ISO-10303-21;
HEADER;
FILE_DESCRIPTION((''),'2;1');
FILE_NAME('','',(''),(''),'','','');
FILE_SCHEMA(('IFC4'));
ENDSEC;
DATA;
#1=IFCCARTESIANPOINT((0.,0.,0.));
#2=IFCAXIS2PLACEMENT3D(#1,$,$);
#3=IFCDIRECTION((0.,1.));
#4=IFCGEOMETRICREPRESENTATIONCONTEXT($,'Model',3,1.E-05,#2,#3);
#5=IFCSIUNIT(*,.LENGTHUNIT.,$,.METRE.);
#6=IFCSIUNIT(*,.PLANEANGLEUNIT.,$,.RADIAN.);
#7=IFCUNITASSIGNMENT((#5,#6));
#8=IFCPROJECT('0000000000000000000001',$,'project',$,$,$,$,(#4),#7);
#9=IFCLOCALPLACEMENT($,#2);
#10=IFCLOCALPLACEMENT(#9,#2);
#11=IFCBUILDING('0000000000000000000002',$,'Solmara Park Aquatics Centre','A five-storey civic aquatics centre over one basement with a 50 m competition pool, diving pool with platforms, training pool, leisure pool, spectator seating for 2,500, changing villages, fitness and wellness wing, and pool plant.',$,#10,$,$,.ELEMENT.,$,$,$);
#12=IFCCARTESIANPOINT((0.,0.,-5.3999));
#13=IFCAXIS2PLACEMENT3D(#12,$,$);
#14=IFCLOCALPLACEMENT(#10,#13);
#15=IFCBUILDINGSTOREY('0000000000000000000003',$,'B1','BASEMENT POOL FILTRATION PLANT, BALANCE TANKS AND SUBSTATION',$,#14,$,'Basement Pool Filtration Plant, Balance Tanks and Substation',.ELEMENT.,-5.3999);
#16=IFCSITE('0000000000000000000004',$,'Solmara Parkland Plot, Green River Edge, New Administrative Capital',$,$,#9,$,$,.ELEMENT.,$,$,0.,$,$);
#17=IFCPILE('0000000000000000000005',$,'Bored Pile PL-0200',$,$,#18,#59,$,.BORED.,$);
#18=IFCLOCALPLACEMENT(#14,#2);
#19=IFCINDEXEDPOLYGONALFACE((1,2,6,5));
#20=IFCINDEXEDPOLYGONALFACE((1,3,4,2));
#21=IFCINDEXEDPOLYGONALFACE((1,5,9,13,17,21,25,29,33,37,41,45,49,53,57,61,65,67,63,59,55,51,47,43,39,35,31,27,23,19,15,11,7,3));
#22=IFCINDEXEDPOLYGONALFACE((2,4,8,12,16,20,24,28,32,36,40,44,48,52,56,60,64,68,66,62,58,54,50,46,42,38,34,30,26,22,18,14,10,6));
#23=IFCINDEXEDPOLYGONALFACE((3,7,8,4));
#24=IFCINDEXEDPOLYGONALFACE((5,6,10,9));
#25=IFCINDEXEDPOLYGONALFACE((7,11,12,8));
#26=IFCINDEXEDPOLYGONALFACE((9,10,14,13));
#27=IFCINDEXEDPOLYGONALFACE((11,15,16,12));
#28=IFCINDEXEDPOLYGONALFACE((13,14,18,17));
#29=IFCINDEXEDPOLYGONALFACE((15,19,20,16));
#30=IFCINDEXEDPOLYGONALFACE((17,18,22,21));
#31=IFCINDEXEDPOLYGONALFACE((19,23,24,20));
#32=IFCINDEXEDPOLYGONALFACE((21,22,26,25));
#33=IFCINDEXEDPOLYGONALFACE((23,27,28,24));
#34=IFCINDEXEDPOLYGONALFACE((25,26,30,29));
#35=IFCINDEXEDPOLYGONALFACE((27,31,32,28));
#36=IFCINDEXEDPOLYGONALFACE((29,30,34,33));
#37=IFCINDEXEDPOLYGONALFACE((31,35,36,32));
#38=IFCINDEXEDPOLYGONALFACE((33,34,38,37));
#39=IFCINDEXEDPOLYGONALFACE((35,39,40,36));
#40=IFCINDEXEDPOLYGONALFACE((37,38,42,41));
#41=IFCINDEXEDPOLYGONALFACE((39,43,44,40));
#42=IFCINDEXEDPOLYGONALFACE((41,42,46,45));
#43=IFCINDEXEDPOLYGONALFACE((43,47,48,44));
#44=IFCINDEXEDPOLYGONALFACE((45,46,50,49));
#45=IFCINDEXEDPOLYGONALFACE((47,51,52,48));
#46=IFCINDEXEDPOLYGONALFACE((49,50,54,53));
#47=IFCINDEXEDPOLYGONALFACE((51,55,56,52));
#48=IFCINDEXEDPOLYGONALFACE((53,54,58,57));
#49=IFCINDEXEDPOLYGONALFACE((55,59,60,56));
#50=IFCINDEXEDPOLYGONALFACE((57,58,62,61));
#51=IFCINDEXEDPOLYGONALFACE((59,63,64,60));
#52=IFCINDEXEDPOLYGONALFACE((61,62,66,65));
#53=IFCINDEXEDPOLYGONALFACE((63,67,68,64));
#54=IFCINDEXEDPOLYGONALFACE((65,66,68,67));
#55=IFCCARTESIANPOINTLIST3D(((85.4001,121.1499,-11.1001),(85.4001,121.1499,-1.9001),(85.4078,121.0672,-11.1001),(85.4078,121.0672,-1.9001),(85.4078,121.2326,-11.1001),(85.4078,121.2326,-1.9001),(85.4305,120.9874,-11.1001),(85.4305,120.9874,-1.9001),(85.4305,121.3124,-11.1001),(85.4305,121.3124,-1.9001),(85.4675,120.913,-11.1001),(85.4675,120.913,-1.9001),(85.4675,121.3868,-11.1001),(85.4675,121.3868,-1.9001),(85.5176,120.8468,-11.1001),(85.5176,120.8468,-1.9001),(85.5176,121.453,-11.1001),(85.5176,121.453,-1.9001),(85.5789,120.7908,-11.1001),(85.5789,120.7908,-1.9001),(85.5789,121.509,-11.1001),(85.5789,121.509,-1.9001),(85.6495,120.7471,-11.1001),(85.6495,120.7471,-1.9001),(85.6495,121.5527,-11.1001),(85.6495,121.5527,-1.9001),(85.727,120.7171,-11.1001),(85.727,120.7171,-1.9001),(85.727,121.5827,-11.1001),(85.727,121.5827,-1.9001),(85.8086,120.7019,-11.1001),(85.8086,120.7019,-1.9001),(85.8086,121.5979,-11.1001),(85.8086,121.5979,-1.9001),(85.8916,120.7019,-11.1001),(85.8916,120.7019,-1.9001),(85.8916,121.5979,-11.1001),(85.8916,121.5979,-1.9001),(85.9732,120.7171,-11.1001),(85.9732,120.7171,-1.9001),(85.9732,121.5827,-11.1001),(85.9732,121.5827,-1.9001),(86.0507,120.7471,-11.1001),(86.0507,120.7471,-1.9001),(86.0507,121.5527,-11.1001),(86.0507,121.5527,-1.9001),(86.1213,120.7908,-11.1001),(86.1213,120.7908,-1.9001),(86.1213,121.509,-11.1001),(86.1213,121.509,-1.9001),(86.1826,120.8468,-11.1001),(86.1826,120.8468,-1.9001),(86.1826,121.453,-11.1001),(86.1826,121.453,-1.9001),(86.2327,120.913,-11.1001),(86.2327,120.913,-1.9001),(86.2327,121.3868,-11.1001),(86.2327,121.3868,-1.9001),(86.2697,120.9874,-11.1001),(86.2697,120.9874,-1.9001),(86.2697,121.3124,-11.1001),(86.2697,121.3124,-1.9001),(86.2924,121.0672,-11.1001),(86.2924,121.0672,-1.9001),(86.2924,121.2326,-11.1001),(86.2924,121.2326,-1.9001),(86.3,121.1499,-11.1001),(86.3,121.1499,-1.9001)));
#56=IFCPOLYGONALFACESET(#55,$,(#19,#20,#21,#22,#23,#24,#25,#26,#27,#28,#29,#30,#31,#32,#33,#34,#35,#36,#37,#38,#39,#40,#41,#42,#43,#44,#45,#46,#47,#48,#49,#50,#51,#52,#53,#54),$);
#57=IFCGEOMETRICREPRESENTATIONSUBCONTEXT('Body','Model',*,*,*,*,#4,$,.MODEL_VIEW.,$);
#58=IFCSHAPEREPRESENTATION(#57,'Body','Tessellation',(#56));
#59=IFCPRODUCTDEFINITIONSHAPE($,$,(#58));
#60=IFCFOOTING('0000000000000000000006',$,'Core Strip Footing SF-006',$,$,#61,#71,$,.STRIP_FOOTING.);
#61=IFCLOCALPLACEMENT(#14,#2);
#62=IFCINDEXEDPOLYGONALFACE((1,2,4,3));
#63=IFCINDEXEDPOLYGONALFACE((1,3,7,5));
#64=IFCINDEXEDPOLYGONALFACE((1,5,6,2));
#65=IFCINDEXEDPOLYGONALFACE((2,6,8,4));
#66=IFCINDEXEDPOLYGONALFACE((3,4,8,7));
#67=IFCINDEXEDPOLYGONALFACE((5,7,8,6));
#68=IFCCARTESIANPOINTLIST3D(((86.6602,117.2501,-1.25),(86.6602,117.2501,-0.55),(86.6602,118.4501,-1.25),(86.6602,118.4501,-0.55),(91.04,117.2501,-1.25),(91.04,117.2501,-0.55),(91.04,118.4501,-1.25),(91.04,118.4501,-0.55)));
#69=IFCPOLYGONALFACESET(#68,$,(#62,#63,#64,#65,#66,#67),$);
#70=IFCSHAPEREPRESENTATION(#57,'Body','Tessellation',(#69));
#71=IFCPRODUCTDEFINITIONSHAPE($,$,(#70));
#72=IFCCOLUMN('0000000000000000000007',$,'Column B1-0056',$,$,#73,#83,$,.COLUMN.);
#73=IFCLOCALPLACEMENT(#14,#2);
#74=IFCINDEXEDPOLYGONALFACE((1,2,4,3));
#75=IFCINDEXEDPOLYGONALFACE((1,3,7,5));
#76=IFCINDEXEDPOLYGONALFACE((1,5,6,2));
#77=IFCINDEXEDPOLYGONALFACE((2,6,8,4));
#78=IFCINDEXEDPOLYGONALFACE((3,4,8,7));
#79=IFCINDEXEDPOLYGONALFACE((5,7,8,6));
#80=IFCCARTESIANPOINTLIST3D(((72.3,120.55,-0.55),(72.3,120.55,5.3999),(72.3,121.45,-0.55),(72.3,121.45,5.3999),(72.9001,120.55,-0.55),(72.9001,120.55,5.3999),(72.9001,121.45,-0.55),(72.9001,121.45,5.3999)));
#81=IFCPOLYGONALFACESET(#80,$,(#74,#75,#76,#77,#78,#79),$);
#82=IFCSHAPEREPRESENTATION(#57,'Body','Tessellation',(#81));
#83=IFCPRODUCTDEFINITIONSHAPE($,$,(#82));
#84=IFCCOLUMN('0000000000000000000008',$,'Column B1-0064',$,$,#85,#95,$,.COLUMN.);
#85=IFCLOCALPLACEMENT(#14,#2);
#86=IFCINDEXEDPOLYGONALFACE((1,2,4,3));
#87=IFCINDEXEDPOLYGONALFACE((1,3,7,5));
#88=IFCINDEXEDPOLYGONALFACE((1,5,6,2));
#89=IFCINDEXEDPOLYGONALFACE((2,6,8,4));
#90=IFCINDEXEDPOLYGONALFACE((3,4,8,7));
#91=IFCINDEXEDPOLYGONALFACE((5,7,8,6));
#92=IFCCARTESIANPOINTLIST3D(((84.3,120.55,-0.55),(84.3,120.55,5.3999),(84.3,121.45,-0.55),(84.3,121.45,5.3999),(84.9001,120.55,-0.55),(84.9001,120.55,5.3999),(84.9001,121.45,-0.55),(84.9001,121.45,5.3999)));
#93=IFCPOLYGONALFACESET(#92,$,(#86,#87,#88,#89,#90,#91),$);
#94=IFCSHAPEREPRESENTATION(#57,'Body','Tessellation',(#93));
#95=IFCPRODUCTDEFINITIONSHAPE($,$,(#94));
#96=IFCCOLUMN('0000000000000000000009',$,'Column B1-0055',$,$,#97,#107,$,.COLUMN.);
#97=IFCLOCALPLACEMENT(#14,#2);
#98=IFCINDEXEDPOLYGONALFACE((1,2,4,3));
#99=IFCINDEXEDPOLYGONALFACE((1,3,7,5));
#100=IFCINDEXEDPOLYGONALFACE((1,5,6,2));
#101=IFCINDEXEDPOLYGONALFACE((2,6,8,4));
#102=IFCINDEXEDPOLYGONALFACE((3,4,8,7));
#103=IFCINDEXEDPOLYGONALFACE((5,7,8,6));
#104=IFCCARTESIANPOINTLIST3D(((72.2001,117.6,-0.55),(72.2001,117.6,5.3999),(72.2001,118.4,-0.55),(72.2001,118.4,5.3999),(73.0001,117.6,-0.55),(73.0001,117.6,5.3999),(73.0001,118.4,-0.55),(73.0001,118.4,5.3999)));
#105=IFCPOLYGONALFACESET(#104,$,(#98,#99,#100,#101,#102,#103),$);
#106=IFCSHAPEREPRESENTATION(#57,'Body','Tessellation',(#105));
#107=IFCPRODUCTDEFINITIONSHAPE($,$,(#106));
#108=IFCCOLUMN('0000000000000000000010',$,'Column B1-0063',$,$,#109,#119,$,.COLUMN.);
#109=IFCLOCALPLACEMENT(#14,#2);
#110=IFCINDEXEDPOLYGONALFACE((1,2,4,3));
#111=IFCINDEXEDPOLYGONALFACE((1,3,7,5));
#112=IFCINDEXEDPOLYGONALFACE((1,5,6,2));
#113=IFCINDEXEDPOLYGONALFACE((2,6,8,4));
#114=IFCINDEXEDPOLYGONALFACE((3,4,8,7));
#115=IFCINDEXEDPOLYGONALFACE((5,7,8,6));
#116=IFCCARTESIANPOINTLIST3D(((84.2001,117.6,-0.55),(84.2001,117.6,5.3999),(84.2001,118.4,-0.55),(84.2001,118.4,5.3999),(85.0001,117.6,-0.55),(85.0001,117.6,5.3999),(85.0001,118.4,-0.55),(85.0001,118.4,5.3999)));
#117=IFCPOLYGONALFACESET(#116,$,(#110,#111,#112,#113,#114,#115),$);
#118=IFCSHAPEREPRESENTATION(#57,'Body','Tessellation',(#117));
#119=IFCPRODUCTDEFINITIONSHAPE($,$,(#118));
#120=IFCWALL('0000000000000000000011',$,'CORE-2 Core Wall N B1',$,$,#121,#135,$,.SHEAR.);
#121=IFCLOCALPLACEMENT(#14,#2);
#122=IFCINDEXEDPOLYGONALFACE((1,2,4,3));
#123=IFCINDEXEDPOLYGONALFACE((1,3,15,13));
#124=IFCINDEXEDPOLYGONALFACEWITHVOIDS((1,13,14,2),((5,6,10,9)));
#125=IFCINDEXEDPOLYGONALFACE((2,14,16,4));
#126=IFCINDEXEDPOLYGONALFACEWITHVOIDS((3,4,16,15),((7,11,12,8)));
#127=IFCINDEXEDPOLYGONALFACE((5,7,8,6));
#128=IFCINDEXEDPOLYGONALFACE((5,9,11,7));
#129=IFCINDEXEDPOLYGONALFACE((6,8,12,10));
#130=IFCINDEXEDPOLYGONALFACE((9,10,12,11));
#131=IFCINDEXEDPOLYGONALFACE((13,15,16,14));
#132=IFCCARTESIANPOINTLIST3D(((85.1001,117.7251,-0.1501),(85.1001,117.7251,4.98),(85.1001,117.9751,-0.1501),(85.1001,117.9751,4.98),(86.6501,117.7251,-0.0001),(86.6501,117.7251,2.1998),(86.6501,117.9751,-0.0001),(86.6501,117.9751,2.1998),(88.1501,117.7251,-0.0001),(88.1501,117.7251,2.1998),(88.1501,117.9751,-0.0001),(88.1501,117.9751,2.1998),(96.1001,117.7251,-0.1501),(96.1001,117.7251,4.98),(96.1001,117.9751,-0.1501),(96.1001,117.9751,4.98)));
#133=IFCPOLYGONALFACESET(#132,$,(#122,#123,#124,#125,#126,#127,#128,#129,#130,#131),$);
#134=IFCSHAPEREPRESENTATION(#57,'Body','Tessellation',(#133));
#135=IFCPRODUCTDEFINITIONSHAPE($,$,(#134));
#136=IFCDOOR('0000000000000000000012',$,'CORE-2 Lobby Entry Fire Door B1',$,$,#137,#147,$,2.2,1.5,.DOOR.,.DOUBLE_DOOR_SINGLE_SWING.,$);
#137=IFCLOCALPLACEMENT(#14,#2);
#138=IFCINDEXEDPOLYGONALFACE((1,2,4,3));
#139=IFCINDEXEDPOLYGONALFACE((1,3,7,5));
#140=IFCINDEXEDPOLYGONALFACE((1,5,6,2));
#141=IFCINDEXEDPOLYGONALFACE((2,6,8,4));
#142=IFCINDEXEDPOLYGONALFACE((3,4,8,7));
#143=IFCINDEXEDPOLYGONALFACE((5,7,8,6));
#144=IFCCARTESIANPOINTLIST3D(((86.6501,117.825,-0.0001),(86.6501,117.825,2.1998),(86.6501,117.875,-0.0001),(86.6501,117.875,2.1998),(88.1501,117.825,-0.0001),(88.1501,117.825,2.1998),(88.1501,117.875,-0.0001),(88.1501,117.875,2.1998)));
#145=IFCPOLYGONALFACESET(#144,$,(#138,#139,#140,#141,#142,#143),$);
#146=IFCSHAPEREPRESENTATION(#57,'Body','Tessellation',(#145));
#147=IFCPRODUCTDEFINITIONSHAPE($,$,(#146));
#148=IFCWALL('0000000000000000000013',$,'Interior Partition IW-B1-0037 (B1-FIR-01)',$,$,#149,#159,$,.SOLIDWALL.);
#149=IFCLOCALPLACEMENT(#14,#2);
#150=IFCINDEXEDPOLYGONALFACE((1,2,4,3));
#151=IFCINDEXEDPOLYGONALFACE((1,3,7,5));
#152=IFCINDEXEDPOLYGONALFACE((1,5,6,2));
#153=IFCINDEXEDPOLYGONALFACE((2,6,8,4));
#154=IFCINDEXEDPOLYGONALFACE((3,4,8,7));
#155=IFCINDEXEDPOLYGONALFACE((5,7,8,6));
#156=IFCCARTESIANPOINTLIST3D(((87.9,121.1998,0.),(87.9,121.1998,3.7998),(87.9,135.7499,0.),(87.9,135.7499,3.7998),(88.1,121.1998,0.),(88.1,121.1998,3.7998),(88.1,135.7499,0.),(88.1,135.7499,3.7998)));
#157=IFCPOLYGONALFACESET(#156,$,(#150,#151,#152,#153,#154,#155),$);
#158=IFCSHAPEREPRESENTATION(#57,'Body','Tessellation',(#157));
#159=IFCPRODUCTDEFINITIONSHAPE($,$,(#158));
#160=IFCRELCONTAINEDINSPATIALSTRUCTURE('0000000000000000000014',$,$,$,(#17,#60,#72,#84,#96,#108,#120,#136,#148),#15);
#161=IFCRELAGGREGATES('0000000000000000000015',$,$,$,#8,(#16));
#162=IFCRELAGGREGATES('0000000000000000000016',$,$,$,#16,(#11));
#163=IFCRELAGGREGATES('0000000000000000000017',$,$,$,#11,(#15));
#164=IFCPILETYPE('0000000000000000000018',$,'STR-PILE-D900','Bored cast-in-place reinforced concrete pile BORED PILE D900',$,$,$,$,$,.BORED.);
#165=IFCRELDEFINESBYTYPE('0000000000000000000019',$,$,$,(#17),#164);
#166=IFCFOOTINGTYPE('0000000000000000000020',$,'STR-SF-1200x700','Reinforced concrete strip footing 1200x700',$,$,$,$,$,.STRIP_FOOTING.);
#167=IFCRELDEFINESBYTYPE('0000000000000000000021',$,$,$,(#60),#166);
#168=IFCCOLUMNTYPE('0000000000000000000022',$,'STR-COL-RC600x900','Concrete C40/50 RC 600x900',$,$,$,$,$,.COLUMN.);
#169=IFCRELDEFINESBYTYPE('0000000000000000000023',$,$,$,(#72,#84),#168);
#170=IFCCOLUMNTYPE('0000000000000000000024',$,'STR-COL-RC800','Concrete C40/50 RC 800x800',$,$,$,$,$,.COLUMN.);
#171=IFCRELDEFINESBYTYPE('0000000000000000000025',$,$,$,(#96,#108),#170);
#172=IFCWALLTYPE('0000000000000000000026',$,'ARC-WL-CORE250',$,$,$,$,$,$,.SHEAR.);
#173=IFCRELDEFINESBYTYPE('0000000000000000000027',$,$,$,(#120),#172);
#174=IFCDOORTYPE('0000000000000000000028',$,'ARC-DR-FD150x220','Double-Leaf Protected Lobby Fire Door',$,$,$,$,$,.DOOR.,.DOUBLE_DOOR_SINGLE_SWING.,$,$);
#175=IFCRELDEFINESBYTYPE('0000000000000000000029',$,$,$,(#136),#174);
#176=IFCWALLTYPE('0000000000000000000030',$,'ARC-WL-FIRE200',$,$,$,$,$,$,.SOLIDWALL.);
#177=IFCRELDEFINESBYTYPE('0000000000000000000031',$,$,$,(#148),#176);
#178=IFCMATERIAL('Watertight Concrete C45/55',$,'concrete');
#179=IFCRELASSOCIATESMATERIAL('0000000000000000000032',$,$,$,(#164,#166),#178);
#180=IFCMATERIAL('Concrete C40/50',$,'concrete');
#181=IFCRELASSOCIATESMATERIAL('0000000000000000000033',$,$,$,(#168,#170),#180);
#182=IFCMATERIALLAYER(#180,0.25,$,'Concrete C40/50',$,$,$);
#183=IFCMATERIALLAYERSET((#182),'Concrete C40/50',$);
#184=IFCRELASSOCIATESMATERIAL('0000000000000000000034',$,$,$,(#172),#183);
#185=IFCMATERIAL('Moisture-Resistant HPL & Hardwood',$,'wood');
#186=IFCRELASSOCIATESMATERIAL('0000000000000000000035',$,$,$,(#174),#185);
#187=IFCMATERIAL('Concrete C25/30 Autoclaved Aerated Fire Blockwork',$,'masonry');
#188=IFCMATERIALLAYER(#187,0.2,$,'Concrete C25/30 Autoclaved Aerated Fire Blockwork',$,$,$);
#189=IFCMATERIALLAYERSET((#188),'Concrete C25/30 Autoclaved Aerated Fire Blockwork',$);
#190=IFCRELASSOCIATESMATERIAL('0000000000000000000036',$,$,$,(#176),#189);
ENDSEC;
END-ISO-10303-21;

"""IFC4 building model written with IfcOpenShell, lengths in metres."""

from ifc_helpers import new_model, si_unit, direction, frame, frame_2d, origin, origin_2d, place, context, subcontext, project, spatial, rectangle, circle, extrude, material, layer, layer_set, material_profile, profile_set, type_object, element, fill, save


model = new_model("IFC4")

# Units and contexts
model_context = context("Model", 3, precision=1e-05, world=origin(), true_north=direction((0.0, 1.0)))
body_context = subcontext(model_context, "Body", "Model", "MODEL_VIEW")
ifc_project = project(units=[si_unit("LENGTHUNIT", "METRE"), si_unit("PLANEANGLEUNIT", "RADIAN")], contexts=[model_context])

# Site, building, storey
site_placement = place(None, origin())
site = spatial("IfcSite", under=ifc_project, at=site_placement, Name="Solmara Parkland Plot, Green River Edge, New Administrative Capital", CompositionType="ELEMENT", RefElevation=0.0)
building_placement = place(site_placement, origin())
building = spatial("IfcBuilding", under=site, at=building_placement, Name="Solmara Park Aquatics Centre", Description="A five-storey civic aquatics centre over one basement with a 50 m competition pool, diving pool with platforms, training pool, leisure pool, spectator seating for 2,500, changing villages, fitness and wellness wing, and pool plant.", CompositionType="ELEMENT")
storey_placement = place(building_placement, frame((0.0, 0.0, -5.3999)))
storey = spatial("IfcBuildingStorey", under=building, at=storey_placement, Name="B1", Description="BASEMENT POOL FILTRATION PLANT, BALANCE TANKS AND SUBSTATION", LongName="Basement Pool Filtration Plant, Balance Tanks and Substation", CompositionType="ELEMENT", Elevation=-5.3999)

# Shared definitions
ifc_material_1 = material(Name="Watertight Concrete C45/55", Category="concrete")

# Pile
ifc_material_profile_1 = material_profile(ifc_material_1, circle(Radius=0.45, at=origin_2d()), Name="BORED PILE D900")
ifc_profile_set_1 = profile_set([ifc_material_profile_1], Name="Watertight Concrete C45/55")
pile_type = type_object("IfcPileType", Name="STR-PILE-D900", Description="Bored cast-in-place reinforced concrete pile BORED PILE D900", PredefinedType="BORED", material=ifc_profile_set_1)
for number, where, z_axis, x_axis, name in (
    (1, (85.8501, 121.1499, -1.9001), (0.0, 0.0, -1.0), (1.0, 0.0, 0.0), "Bored Pile PL-0200"),
):
    element("IfcPile", number, at=place(storey_placement, frame(where, z_axis=z_axis, x_axis=x_axis)), inside=storey, type_object=pile_type, Name=name, PredefinedType="BORED", context=body_context, shape_type="SweptSolid", body=[
        extrude(circle(Radius=0.45, at=origin_2d()), origin(), (0.0, 0.0, 1.0), 9.2),
    ])

# Footing
footing_type_1 = type_object("IfcFootingType", Name="STR-SF-1200x700", Description="Reinforced concrete strip footing 1200x700", PredefinedType="STRIP_FOOTING", material=ifc_material_1)
footing_1_placement = place(storey_placement, frame((88.8501, 117.8501, -1.25), z_axis=(0.0, 0.0, 1.0), x_axis=(1.0, 0.0, 0.0)))
element("IfcFooting", 2, at=footing_1_placement, inside=storey, type_object=footing_type_1, Name="Core Strip Footing SF-006", PredefinedType="STRIP_FOOTING", context=body_context, shape_type="SweptSolid", body=[
    extrude(rectangle(XDim=4.3799, YDim=1.2, at=origin_2d()), origin(), (0.0, 0.0, 1.0), 0.7),
])

# Columns
ifc_material_2 = material(Name="Concrete C40/50", Category="concrete")
ifc_material_profile_2 = material_profile(ifc_material_2, rectangle(XDim=0.6001, YDim=0.8999, at=origin_2d()), Name="RC 600x900")
ifc_profile_set_2 = profile_set([ifc_material_profile_2], Name="Concrete C40/50")
column_type_1 = type_object("IfcColumnType", Name="STR-COL-RC600x900", Description="Concrete C40/50 RC 600x900", PredefinedType="COLUMN", material=ifc_profile_set_2)
for number, where, z_axis, x_axis, name in (
    (3, (72.6001, 121.0, -0.55), (0.0, 0.0, 1.0), (1.0, 0.0, 0.0), "Column B1-0056"),
    (4, (84.6001, 121.0, -0.55), (0.0, 0.0, 1.0), (1.0, 0.0, 0.0), "Column B1-0064"),
):
    element("IfcColumn", number, at=place(storey_placement, frame(where, z_axis=z_axis, x_axis=x_axis)), inside=storey, type_object=column_type_1, Name=name, PredefinedType="COLUMN", context=body_context, shape_type="SweptSolid", body=[
        extrude(rectangle(XDim=0.6001, YDim=0.8999, at=origin_2d()), origin(), (0.0, 0.0, 1.0), 5.95),
    ])
ifc_material_profile_3 = material_profile(ifc_material_2, rectangle(XDim=0.8, YDim=0.8, at=origin_2d()), Name="RC 800x800")
ifc_profile_set_3 = profile_set([ifc_material_profile_3], Name="Concrete C40/50")
column_type_2 = type_object("IfcColumnType", Name="STR-COL-RC800", Description="Concrete C40/50 RC 800x800", PredefinedType="COLUMN", material=ifc_profile_set_3)
for number, where, z_axis, x_axis, name in (
    (5, (72.6001, 118.0, -0.55), (0.0, 0.0, 1.0), (1.0, 0.0, 0.0), "Column B1-0055"),
    (6, (84.6001, 118.0, -0.55), (0.0, 0.0, 1.0), (1.0, 0.0, 0.0), "Column B1-0063"),
):
    element("IfcColumn", number, at=place(storey_placement, frame(where, z_axis=z_axis, x_axis=x_axis)), inside=storey, type_object=column_type_2, Name=name, PredefinedType="COLUMN", context=body_context, shape_type="SweptSolid", body=[
        extrude(rectangle(XDim=0.8, YDim=0.8, at=origin_2d()), origin(), (0.0, 0.0, 1.0), 5.95),
    ])

# Wall, opening, door
ifc_layer_1 = layer(ifc_material_2, 0.25, Name="Concrete C40/50")
ifc_layer_set_1 = layer_set([ifc_layer_1], Name="Concrete C40/50")
wall_type_1 = type_object("IfcWallType", Name="ARC-WL-CORE250", PredefinedType="SHEAR", material=ifc_layer_set_1)
wall_1_placement = place(storey_placement, frame((85.1001, 117.8501, -0.1501), z_axis=(0.0, 0.0, 1.0), x_axis=(1.0, 0.0, 0.0)))
wall_1 = element("IfcWall", 7, at=wall_1_placement, inside=storey, type_object=wall_type_1, Name="CORE-2 Core Wall N B1", PredefinedType="SHEAR", context=body_context, shape_type="SweptSolid", body=[
    extrude(rectangle(XDim=11.0, YDim=0.25, at=frame_2d((5.5, 0.0))), origin(), (0.0, 0.0, 1.0), 5.1301),
])
opening_1_placement = place(wall_1_placement, frame((1.55, 0.0, 0.1499)))
opening_1 = element("IfcOpeningElement", 8, at=opening_1_placement, cuts=wall_1, PredefinedType="OPENING", context=body_context, shape_type="SweptSolid", body=[
    extrude(rectangle(XDim=1.5, YDim=2.2, at=frame_2d((0.75, 1.1001))), frame((0.0, 0.135, 0.0), z_axis=(0.0, -1.0, 0.0), x_axis=(1.0, 0.0, 0.0)), (0.0, 0.0, 1.0), 0.27),
])
ifc_material_3 = material(Name="Moisture-Resistant HPL & Hardwood", Category="wood")
door_type_1 = type_object("IfcDoorType", Name="ARC-DR-FD150x220", Description="Double-Leaf Protected Lobby Fire Door", OperationType="DOUBLE_DOOR_SINGLE_SWING", PredefinedType="DOOR", material=ifc_material_3)
door_1_placement = place(opening_1_placement, origin())
door_1 = element("IfcDoor", 9, at=door_1_placement, inside=storey, type_object=door_type_1, Name="CORE-2 Lobby Entry Fire Door B1", OperationType="DOUBLE_DOOR_SINGLE_SWING", OverallHeight=2.2, OverallWidth=1.5, PredefinedType="DOOR", context=body_context, shape_type="SweptSolid", body=[
    extrude(rectangle(XDim=1.5, YDim=2.2, at=frame_2d((0.75, 1.1001))), frame((0.0, 0.0249, 0.0), z_axis=(0.0, -1.0, 0.0), x_axis=(1.0, 0.0, 0.0)), (0.0, 0.0, 1.0), 0.05),
])
fill(opening_1, door_1)

# Wall
ifc_material_4 = material(Name="Concrete C25/30 Autoclaved Aerated Fire Blockwork", Category="masonry")
ifc_layer_2 = layer(ifc_material_4, 0.2, Name="Concrete C25/30 Autoclaved Aerated Fire Blockwork")
ifc_layer_set_2 = layer_set([ifc_layer_2], Name="Concrete C25/30 Autoclaved Aerated Fire Blockwork")
wall_type_2 = type_object("IfcWallType", Name="ARC-WL-FIRE200", PredefinedType="SOLIDWALL", material=ifc_layer_set_2)
wall_2_placement = place(storey_placement, frame((88.0, 121.2, 0.0), z_axis=(0.0, 0.0, 1.0), x_axis=(0.0, 1.0, 0.0)))
element("IfcWall", 10, at=wall_2_placement, inside=storey, type_object=wall_type_2, Name="Interior Partition IW-B1-0037 (B1-FIR-01)", PredefinedType="SOLIDWALL", context=body_context, shape_type="SweptSolid", body=[
    extrude(rectangle(XDim=14.55, YDim=0.2, at=frame_2d((7.2749, 0.0))), origin(), (0.0, 0.0, 1.0), 3.7998),
])

save(model, "model.ifc")
